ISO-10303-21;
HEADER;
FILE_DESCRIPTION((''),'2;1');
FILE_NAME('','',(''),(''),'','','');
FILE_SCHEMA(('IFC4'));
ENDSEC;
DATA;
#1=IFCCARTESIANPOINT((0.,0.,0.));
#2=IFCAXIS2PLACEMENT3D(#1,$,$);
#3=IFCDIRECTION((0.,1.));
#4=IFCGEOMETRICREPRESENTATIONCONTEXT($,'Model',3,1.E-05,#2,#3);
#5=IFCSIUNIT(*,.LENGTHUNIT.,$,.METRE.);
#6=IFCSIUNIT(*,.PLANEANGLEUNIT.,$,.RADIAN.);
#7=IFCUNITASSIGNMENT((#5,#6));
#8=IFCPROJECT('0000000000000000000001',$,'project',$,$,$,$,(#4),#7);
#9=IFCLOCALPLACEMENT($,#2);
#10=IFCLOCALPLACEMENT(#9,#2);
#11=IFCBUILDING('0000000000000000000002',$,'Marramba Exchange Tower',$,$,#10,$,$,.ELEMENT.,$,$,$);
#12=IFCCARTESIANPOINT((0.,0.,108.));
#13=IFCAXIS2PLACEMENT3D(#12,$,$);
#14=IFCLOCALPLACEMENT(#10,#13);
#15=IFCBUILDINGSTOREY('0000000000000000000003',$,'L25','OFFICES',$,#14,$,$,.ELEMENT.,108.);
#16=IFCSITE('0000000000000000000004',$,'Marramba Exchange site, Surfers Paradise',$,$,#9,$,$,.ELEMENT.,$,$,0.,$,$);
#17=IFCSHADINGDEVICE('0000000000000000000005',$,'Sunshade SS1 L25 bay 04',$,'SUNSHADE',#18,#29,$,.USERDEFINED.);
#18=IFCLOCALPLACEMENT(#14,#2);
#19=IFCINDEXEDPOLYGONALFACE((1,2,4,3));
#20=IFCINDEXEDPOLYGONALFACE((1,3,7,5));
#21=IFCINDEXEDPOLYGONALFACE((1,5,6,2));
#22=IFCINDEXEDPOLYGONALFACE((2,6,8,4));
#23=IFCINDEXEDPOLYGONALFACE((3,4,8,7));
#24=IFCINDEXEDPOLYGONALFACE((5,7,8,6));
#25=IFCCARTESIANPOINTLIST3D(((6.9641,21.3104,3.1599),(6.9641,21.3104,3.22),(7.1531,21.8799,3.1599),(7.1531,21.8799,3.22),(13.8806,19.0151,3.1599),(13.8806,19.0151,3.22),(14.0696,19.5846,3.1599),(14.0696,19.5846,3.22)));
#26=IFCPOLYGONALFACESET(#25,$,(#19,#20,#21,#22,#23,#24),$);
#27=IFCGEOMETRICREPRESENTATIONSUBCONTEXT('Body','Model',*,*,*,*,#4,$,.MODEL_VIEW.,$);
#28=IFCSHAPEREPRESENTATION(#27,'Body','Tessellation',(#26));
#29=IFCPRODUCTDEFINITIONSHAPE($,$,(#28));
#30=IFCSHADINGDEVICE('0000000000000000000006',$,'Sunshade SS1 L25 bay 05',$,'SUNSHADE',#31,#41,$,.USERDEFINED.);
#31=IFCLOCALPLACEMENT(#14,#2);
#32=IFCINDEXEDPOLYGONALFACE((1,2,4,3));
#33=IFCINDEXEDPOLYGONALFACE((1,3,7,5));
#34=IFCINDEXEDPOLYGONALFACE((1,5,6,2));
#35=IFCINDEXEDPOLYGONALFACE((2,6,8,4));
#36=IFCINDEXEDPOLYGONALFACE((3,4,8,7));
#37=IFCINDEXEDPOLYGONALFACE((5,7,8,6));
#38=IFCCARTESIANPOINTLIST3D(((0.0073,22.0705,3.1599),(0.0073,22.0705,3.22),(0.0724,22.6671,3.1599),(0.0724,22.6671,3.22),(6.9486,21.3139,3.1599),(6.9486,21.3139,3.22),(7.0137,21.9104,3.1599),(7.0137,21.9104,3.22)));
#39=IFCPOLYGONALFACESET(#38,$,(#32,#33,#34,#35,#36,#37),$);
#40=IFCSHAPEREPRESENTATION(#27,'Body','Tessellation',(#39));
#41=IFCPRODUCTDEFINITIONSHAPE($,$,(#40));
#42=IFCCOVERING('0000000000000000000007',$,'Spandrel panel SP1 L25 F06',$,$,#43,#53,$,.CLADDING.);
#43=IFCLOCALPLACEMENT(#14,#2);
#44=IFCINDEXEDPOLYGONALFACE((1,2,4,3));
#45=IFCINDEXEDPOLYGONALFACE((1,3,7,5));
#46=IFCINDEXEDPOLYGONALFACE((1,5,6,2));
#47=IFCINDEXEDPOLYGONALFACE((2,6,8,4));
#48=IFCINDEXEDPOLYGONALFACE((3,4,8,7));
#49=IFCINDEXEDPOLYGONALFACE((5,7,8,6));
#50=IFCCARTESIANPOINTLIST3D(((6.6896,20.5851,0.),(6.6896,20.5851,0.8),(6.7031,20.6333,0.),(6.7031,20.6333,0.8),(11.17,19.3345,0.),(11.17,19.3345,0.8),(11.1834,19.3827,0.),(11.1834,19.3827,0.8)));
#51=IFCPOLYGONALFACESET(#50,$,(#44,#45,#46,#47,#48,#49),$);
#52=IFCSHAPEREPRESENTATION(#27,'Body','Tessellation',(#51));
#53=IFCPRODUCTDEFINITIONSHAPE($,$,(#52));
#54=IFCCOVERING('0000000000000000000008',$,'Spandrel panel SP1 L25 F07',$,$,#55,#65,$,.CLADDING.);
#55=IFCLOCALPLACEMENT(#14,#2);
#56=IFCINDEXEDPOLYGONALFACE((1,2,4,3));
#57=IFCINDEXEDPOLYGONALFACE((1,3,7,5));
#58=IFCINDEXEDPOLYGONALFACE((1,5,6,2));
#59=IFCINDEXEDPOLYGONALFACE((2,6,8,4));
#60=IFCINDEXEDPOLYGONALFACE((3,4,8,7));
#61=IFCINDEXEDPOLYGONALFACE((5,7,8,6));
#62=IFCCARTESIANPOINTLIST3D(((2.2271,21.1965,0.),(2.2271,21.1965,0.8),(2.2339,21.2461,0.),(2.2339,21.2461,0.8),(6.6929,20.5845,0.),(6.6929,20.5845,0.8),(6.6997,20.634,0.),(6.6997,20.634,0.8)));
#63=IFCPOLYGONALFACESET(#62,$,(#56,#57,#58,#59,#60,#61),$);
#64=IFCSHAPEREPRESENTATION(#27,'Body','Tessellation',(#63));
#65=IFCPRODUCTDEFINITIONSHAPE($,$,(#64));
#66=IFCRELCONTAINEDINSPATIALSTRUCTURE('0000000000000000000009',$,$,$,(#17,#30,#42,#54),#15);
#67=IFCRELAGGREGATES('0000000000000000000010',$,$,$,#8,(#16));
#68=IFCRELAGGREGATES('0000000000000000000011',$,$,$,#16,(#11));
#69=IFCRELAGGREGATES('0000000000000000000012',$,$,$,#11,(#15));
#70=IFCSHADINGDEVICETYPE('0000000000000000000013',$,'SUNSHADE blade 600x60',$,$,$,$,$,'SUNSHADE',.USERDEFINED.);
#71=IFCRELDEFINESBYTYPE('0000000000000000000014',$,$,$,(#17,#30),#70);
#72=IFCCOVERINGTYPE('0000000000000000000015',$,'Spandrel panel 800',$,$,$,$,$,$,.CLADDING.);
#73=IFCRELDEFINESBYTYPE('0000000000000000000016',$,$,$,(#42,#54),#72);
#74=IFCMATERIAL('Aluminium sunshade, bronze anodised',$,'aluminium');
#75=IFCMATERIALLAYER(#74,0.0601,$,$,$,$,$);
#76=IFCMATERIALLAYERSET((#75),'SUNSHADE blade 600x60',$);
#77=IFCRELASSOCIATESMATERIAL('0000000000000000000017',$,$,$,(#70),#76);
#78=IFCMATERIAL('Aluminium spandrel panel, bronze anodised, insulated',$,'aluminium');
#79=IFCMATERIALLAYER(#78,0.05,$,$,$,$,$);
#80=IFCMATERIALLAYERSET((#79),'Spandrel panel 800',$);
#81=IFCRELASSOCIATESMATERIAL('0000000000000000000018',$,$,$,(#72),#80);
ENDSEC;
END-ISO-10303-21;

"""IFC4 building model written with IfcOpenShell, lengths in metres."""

from ifc_helpers import new_model, si_unit, direction, frame, origin, origin_2d, place, context, subcontext, project, spatial, rectangle, extrude, material, layer, layer_set, type_object, element, save


model = new_model("IFC4")

# Units and contexts
model_context = context("Model", 3, precision=1e-05, world=origin(), true_north=direction((0.0, 1.0)))
body_context = subcontext(model_context, "Body", "Model", "MODEL_VIEW")
ifc_project = project(units=[si_unit("LENGTHUNIT", "METRE"), si_unit("PLANEANGLEUNIT", "RADIAN")], contexts=[model_context])

# Site, building, storey
site_placement = place(None, origin())
site = spatial("IfcSite", under=ifc_project, at=site_placement, Name="Marramba Exchange site, Surfers Paradise", CompositionType="ELEMENT", RefElevation=0.0)
building_placement = place(site_placement, origin())
building = spatial("IfcBuilding", under=site, at=building_placement, Name="Marramba Exchange Tower", CompositionType="ELEMENT")
storey_placement = place(building_placement, frame((0.0, 0.0, 108.0)))
storey = spatial("IfcBuildingStorey", under=building, at=storey_placement, Name="L25", Description="OFFICES", CompositionType="ELEMENT", Elevation=108.0)

# Shading devices
ifc_material_1 = material(Name="Aluminium sunshade, bronze anodised", Category="aluminium")
ifc_layer_1 = layer(ifc_material_1, 0.0601)
ifc_layer_set_1 = layer_set([ifc_layer_1], Name="SUNSHADE blade 600x60")
shading_device_type_1 = type_object("IfcShadingDeviceType", Name="SUNSHADE blade 600x60", ElementType="SUNSHADE", PredefinedType="USERDEFINED", material=ifc_layer_set_1)
shading_device_1_placement = place(storey_placement, frame((10.5168, 20.4475, 3.1599), z_axis=(0.0, 0.0, 1.0), x_axis=(-0.949101, 0.314972, 0.0)))
element("IfcShadingDevice", 1, at=shading_device_1_placement, inside=storey, type_object=shading_device_type_1, Name="Sunshade SS1 L25 bay 04", ObjectType="SUNSHADE", PredefinedType="USERDEFINED", context=body_context, shape_type="SweptSolid", body=[
    extrude(rectangle(XDim=7.2874, YDim=0.6001, at=origin_2d()), origin(), (0.0, 0.0, 1.0), 0.0601),
])
shading_device_2_placement = place(storey_placement, frame((3.5105, 21.9905, 3.1599), z_axis=(0.0, 0.0, 1.0), x_axis=(-0.994111, 0.108363, 0.0)))
element("IfcShadingDevice", 2, at=shading_device_2_placement, inside=storey, type_object=shading_device_type_1, Name="Sunshade SS1 L25 bay 05", ObjectType="SUNSHADE", PredefinedType="USERDEFINED", context=body_context, shape_type="SweptSolid", body=[
    extrude(rectangle(XDim=6.9824, YDim=0.6001, at=origin_2d()), origin(), (0.0, 0.0, 1.0), 0.0601),
])

# Coverings
ifc_material_2 = material(Name="Aluminium spandrel panel, bronze anodised, insulated", Category="aluminium")
ifc_layer_2 = layer(ifc_material_2, 0.05)
ifc_layer_set_2 = layer_set([ifc_layer_2], Name="Spandrel panel 800")
covering_type = type_object("IfcCoveringType", Name="Spandrel panel 800", PredefinedType="CLADDING", material=ifc_layer_set_2)
covering_1_placement = place(storey_placement, frame((8.9365, 19.9839, 0.0), z_axis=(0.0, 0.0, 1.0), x_axis=(-0.963178, 0.268865, 0.0)))
element("IfcCovering", 3, at=covering_1_placement, inside=storey, type_object=covering_type, Name="Spandrel panel SP1 L25 F06", PredefinedType="CLADDING", context=body_context, shape_type="SweptSolid", body=[
    extrude(rectangle(XDim=4.6516, YDim=0.05, at=origin_2d()), origin(), (0.0, 0.0, 1.0), 0.8),
])
covering_2_placement = place(storey_placement, frame((4.4634, 20.9153, 0.0), z_axis=(0.0, 0.0, 1.0), x_axis=(-0.990738, 0.135786, 0.0)))
element("IfcCovering", 4, at=covering_2_placement, inside=storey, type_object=covering_type, Name="Spandrel panel SP1 L25 F07", PredefinedType="CLADDING", context=body_context, shape_type="SweptSolid", body=[
    extrude(rectangle(XDim=4.5076, YDim=0.05, at=origin_2d()), origin(), (0.0, 0.0, 1.0), 0.8),
])

save(model, "model.ifc")
